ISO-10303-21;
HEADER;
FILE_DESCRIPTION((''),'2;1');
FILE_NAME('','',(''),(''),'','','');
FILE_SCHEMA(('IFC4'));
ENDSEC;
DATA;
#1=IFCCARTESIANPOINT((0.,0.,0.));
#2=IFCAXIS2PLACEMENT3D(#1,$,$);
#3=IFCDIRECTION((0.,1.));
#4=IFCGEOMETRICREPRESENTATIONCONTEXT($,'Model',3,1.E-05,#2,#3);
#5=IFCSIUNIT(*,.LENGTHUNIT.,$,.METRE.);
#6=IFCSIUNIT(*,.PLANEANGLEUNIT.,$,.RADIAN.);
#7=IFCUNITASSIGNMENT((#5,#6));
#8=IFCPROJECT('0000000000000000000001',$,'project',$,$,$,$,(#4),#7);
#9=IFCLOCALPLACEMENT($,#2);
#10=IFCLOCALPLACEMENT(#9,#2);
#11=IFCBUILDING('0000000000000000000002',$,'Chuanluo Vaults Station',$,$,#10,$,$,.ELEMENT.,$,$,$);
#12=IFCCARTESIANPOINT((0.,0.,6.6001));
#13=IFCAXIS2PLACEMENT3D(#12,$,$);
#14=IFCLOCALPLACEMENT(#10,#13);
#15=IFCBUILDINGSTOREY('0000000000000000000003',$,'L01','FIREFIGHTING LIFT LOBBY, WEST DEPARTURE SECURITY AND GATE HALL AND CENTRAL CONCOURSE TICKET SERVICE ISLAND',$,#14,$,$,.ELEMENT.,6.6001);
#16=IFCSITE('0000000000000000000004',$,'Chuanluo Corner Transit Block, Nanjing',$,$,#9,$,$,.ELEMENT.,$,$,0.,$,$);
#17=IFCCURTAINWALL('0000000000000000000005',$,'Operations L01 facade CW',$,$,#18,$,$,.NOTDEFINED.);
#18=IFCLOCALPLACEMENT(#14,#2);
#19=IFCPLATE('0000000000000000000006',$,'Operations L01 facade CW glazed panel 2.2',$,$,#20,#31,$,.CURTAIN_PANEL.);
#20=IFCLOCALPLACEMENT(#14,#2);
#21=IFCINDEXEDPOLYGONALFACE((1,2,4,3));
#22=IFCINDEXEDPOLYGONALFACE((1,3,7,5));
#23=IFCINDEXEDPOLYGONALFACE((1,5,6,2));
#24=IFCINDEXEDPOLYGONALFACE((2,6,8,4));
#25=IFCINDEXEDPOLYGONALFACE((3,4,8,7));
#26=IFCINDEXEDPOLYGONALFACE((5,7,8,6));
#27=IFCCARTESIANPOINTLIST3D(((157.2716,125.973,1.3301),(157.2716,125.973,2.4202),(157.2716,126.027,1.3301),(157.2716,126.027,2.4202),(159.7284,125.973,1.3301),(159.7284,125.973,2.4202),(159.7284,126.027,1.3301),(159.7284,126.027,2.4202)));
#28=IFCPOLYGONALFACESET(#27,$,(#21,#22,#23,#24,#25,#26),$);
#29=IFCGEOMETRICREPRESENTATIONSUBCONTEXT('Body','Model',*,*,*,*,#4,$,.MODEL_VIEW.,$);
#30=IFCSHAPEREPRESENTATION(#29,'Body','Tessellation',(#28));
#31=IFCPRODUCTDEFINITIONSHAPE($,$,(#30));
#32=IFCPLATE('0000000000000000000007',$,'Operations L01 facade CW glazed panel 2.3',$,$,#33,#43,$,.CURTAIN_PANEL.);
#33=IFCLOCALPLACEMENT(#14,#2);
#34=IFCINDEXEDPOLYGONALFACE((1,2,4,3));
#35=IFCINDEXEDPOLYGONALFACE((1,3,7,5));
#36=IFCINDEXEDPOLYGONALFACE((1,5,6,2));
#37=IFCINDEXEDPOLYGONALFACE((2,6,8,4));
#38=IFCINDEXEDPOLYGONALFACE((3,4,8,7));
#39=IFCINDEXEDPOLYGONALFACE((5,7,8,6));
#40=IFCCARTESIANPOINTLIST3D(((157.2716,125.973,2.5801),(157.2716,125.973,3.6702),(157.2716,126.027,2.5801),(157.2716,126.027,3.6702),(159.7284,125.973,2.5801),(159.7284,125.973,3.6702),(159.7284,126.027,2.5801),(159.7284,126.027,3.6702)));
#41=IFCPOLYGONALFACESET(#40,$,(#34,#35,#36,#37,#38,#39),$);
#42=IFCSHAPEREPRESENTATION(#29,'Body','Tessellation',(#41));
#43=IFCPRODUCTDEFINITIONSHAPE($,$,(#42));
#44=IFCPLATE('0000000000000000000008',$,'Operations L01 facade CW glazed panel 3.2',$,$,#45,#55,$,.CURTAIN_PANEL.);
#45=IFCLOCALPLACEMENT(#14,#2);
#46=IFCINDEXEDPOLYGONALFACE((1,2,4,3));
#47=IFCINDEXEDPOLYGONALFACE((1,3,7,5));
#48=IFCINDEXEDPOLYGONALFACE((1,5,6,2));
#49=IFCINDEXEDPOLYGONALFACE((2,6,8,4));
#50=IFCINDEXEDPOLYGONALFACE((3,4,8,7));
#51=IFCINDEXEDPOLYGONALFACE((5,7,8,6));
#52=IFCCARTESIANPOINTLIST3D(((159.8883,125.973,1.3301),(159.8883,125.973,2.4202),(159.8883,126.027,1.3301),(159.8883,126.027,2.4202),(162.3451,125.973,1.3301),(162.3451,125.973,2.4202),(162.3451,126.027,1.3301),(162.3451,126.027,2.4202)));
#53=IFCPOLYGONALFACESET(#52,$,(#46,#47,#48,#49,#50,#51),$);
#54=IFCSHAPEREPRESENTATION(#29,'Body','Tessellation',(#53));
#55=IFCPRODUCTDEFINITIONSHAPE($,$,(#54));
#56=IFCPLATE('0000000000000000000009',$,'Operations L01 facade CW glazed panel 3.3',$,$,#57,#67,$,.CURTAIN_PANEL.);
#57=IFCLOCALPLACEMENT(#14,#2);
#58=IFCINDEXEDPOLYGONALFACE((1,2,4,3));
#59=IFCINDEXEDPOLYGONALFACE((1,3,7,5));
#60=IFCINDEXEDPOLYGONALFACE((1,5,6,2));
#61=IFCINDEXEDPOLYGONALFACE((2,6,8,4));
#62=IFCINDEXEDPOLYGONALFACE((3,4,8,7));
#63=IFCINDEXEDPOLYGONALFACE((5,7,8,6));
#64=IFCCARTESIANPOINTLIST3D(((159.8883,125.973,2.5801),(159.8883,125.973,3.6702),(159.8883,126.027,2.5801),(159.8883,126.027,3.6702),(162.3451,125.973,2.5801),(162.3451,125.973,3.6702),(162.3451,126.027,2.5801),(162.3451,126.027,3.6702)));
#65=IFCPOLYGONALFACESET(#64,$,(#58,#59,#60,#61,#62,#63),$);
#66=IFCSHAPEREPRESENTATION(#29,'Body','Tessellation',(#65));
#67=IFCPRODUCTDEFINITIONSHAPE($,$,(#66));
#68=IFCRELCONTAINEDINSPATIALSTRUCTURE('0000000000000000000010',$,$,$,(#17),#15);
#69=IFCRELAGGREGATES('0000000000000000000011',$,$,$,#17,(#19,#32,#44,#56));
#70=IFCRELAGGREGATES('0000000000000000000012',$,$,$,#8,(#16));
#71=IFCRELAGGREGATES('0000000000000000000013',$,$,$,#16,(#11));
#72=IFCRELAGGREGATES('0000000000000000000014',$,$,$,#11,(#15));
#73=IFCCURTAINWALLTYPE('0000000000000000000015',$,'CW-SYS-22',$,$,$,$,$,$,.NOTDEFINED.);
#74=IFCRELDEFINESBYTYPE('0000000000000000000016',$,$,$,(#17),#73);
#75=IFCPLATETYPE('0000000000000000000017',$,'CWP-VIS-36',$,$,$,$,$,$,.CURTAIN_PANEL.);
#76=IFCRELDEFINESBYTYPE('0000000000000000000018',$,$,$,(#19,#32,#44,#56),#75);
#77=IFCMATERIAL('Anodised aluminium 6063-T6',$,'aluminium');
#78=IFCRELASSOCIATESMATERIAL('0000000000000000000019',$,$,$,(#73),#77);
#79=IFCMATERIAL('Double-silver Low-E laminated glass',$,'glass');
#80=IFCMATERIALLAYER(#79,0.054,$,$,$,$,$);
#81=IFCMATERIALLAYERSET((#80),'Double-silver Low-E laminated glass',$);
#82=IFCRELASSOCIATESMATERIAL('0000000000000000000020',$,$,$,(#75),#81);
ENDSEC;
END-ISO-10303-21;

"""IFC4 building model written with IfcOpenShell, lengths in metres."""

from ifc_helpers import new_model, si_unit, direction, frame, origin, origin_2d, place, context, subcontext, project, spatial, rectangle, extrude, material, layer, layer_set, type_object, element, aggregate, save


model = new_model("IFC4")

# Units and contexts
model_context = context("Model", 3, precision=1e-05, world=origin(), true_north=direction((0.0, 1.0)))
body_context = subcontext(model_context, "Body", "Model", "MODEL_VIEW")
ifc_project = project(units=[si_unit("LENGTHUNIT", "METRE"), si_unit("PLANEANGLEUNIT", "RADIAN")], contexts=[model_context])

# Site, building, storey
site_placement = place(None, origin())
site = spatial("IfcSite", under=ifc_project, at=site_placement, Name="Chuanluo Corner Transit Block, Nanjing", CompositionType="ELEMENT", RefElevation=0.0)
building_placement = place(site_placement, origin())
building = spatial("IfcBuilding", under=site, at=building_placement, Name="Chuanluo Vaults Station", CompositionType="ELEMENT")
storey_placement = place(building_placement, frame((0.0, 0.0, 6.6001)))
storey = spatial("IfcBuildingStorey", under=building, at=storey_placement, Name="L01", Description="FIREFIGHTING LIFT LOBBY, WEST DEPARTURE SECURITY AND GATE HALL AND CENTRAL CONCOURSE TICKET SERVICE ISLAND", CompositionType="ELEMENT", Elevation=6.6001)

# Curtain wall, plates
ifc_material_1 = material(Name="Anodised aluminium 6063-T6", Category="aluminium")
curtain_wall_type = type_object("IfcCurtainWallType", Name="CW-SYS-22", PredefinedType="NOTDEFINED", material=ifc_material_1)
curtain_wall_placement = place(storey_placement, origin())
curtain_wall = element("IfcCurtainWall", 1, at=curtain_wall_placement, inside=storey, type_object=curtain_wall_type, Name="Operations L01 facade CW", PredefinedType="NOTDEFINED")
ifc_material_2 = material(Name="Double-silver Low-E laminated glass", Category="glass")
ifc_layer_1 = layer(ifc_material_2, 0.054)
ifc_layer_set_1 = layer_set([ifc_layer_1], Name="Double-silver Low-E laminated glass")
plate_type_1 = type_object("IfcPlateType", Name="CWP-VIS-36", PredefinedType="CURTAIN_PANEL", material=ifc_layer_set_1)
plate_1_placement = place(storey_placement, frame((158.5, 126.0, 1.3301), z_axis=(0.0, 0.0, 1.0), x_axis=(1.0, 0.0, 0.0)))
plate_1 = element("IfcPlate", 2, at=plate_1_placement, type_object=plate_type_1, Name="Operations L01 facade CW glazed panel 2.2", PredefinedType="CURTAIN_PANEL", context=body_context, shape_type="SweptSolid", body=[
    extrude(rectangle(XDim=2.4568, YDim=0.054, at=origin_2d()), origin(), (0.0, 0.0, 1.0), 1.0901),
])
plate_2_placement = place(storey_placement, frame((158.5, 126.0, 2.5801), z_axis=(0.0, 0.0, 1.0), x_axis=(1.0, 0.0, 0.0)))
plate_2 = element("IfcPlate", 3, at=plate_2_placement, type_object=plate_type_1, Name="Operations L01 facade CW glazed panel 2.3", PredefinedType="CURTAIN_PANEL", context=body_context, shape_type="SweptSolid", body=[
    extrude(rectangle(XDim=2.4568, YDim=0.054, at=origin_2d()), origin(), (0.0, 0.0, 1.0), 1.0901),
])
plate_3_placement = place(storey_placement, frame((161.1167, 126.0, 1.3301), z_axis=(0.0, 0.0, 1.0), x_axis=(1.0, 0.0, 0.0)))
plate_3 = element("IfcPlate", 4, at=plate_3_placement, type_object=plate_type_1, Name="Operations L01 facade CW glazed panel 3.2", PredefinedType="CURTAIN_PANEL", context=body_context, shape_type="SweptSolid", body=[
    extrude(rectangle(XDim=2.4568, YDim=0.054, at=origin_2d()), origin(), (0.0, 0.0, 1.0), 1.0901),
])
plate_4_placement = place(storey_placement, frame((161.1167, 126.0, 2.5801), z_axis=(0.0, 0.0, 1.0), x_axis=(1.0, 0.0, 0.0)))
plate_4 = element("IfcPlate", 5, at=plate_4_placement, type_object=plate_type_1, Name="Operations L01 facade CW glazed panel 3.3", PredefinedType="CURTAIN_PANEL", context=body_context, shape_type="SweptSolid", body=[
    extrude(rectangle(XDim=2.4568, YDim=0.054, at=origin_2d()), origin(), (0.0, 0.0, 1.0), 1.0901),
])
aggregate(curtain_wall, [plate_1, plate_2, plate_3, plate_4])

save(model, "model.ifc")
